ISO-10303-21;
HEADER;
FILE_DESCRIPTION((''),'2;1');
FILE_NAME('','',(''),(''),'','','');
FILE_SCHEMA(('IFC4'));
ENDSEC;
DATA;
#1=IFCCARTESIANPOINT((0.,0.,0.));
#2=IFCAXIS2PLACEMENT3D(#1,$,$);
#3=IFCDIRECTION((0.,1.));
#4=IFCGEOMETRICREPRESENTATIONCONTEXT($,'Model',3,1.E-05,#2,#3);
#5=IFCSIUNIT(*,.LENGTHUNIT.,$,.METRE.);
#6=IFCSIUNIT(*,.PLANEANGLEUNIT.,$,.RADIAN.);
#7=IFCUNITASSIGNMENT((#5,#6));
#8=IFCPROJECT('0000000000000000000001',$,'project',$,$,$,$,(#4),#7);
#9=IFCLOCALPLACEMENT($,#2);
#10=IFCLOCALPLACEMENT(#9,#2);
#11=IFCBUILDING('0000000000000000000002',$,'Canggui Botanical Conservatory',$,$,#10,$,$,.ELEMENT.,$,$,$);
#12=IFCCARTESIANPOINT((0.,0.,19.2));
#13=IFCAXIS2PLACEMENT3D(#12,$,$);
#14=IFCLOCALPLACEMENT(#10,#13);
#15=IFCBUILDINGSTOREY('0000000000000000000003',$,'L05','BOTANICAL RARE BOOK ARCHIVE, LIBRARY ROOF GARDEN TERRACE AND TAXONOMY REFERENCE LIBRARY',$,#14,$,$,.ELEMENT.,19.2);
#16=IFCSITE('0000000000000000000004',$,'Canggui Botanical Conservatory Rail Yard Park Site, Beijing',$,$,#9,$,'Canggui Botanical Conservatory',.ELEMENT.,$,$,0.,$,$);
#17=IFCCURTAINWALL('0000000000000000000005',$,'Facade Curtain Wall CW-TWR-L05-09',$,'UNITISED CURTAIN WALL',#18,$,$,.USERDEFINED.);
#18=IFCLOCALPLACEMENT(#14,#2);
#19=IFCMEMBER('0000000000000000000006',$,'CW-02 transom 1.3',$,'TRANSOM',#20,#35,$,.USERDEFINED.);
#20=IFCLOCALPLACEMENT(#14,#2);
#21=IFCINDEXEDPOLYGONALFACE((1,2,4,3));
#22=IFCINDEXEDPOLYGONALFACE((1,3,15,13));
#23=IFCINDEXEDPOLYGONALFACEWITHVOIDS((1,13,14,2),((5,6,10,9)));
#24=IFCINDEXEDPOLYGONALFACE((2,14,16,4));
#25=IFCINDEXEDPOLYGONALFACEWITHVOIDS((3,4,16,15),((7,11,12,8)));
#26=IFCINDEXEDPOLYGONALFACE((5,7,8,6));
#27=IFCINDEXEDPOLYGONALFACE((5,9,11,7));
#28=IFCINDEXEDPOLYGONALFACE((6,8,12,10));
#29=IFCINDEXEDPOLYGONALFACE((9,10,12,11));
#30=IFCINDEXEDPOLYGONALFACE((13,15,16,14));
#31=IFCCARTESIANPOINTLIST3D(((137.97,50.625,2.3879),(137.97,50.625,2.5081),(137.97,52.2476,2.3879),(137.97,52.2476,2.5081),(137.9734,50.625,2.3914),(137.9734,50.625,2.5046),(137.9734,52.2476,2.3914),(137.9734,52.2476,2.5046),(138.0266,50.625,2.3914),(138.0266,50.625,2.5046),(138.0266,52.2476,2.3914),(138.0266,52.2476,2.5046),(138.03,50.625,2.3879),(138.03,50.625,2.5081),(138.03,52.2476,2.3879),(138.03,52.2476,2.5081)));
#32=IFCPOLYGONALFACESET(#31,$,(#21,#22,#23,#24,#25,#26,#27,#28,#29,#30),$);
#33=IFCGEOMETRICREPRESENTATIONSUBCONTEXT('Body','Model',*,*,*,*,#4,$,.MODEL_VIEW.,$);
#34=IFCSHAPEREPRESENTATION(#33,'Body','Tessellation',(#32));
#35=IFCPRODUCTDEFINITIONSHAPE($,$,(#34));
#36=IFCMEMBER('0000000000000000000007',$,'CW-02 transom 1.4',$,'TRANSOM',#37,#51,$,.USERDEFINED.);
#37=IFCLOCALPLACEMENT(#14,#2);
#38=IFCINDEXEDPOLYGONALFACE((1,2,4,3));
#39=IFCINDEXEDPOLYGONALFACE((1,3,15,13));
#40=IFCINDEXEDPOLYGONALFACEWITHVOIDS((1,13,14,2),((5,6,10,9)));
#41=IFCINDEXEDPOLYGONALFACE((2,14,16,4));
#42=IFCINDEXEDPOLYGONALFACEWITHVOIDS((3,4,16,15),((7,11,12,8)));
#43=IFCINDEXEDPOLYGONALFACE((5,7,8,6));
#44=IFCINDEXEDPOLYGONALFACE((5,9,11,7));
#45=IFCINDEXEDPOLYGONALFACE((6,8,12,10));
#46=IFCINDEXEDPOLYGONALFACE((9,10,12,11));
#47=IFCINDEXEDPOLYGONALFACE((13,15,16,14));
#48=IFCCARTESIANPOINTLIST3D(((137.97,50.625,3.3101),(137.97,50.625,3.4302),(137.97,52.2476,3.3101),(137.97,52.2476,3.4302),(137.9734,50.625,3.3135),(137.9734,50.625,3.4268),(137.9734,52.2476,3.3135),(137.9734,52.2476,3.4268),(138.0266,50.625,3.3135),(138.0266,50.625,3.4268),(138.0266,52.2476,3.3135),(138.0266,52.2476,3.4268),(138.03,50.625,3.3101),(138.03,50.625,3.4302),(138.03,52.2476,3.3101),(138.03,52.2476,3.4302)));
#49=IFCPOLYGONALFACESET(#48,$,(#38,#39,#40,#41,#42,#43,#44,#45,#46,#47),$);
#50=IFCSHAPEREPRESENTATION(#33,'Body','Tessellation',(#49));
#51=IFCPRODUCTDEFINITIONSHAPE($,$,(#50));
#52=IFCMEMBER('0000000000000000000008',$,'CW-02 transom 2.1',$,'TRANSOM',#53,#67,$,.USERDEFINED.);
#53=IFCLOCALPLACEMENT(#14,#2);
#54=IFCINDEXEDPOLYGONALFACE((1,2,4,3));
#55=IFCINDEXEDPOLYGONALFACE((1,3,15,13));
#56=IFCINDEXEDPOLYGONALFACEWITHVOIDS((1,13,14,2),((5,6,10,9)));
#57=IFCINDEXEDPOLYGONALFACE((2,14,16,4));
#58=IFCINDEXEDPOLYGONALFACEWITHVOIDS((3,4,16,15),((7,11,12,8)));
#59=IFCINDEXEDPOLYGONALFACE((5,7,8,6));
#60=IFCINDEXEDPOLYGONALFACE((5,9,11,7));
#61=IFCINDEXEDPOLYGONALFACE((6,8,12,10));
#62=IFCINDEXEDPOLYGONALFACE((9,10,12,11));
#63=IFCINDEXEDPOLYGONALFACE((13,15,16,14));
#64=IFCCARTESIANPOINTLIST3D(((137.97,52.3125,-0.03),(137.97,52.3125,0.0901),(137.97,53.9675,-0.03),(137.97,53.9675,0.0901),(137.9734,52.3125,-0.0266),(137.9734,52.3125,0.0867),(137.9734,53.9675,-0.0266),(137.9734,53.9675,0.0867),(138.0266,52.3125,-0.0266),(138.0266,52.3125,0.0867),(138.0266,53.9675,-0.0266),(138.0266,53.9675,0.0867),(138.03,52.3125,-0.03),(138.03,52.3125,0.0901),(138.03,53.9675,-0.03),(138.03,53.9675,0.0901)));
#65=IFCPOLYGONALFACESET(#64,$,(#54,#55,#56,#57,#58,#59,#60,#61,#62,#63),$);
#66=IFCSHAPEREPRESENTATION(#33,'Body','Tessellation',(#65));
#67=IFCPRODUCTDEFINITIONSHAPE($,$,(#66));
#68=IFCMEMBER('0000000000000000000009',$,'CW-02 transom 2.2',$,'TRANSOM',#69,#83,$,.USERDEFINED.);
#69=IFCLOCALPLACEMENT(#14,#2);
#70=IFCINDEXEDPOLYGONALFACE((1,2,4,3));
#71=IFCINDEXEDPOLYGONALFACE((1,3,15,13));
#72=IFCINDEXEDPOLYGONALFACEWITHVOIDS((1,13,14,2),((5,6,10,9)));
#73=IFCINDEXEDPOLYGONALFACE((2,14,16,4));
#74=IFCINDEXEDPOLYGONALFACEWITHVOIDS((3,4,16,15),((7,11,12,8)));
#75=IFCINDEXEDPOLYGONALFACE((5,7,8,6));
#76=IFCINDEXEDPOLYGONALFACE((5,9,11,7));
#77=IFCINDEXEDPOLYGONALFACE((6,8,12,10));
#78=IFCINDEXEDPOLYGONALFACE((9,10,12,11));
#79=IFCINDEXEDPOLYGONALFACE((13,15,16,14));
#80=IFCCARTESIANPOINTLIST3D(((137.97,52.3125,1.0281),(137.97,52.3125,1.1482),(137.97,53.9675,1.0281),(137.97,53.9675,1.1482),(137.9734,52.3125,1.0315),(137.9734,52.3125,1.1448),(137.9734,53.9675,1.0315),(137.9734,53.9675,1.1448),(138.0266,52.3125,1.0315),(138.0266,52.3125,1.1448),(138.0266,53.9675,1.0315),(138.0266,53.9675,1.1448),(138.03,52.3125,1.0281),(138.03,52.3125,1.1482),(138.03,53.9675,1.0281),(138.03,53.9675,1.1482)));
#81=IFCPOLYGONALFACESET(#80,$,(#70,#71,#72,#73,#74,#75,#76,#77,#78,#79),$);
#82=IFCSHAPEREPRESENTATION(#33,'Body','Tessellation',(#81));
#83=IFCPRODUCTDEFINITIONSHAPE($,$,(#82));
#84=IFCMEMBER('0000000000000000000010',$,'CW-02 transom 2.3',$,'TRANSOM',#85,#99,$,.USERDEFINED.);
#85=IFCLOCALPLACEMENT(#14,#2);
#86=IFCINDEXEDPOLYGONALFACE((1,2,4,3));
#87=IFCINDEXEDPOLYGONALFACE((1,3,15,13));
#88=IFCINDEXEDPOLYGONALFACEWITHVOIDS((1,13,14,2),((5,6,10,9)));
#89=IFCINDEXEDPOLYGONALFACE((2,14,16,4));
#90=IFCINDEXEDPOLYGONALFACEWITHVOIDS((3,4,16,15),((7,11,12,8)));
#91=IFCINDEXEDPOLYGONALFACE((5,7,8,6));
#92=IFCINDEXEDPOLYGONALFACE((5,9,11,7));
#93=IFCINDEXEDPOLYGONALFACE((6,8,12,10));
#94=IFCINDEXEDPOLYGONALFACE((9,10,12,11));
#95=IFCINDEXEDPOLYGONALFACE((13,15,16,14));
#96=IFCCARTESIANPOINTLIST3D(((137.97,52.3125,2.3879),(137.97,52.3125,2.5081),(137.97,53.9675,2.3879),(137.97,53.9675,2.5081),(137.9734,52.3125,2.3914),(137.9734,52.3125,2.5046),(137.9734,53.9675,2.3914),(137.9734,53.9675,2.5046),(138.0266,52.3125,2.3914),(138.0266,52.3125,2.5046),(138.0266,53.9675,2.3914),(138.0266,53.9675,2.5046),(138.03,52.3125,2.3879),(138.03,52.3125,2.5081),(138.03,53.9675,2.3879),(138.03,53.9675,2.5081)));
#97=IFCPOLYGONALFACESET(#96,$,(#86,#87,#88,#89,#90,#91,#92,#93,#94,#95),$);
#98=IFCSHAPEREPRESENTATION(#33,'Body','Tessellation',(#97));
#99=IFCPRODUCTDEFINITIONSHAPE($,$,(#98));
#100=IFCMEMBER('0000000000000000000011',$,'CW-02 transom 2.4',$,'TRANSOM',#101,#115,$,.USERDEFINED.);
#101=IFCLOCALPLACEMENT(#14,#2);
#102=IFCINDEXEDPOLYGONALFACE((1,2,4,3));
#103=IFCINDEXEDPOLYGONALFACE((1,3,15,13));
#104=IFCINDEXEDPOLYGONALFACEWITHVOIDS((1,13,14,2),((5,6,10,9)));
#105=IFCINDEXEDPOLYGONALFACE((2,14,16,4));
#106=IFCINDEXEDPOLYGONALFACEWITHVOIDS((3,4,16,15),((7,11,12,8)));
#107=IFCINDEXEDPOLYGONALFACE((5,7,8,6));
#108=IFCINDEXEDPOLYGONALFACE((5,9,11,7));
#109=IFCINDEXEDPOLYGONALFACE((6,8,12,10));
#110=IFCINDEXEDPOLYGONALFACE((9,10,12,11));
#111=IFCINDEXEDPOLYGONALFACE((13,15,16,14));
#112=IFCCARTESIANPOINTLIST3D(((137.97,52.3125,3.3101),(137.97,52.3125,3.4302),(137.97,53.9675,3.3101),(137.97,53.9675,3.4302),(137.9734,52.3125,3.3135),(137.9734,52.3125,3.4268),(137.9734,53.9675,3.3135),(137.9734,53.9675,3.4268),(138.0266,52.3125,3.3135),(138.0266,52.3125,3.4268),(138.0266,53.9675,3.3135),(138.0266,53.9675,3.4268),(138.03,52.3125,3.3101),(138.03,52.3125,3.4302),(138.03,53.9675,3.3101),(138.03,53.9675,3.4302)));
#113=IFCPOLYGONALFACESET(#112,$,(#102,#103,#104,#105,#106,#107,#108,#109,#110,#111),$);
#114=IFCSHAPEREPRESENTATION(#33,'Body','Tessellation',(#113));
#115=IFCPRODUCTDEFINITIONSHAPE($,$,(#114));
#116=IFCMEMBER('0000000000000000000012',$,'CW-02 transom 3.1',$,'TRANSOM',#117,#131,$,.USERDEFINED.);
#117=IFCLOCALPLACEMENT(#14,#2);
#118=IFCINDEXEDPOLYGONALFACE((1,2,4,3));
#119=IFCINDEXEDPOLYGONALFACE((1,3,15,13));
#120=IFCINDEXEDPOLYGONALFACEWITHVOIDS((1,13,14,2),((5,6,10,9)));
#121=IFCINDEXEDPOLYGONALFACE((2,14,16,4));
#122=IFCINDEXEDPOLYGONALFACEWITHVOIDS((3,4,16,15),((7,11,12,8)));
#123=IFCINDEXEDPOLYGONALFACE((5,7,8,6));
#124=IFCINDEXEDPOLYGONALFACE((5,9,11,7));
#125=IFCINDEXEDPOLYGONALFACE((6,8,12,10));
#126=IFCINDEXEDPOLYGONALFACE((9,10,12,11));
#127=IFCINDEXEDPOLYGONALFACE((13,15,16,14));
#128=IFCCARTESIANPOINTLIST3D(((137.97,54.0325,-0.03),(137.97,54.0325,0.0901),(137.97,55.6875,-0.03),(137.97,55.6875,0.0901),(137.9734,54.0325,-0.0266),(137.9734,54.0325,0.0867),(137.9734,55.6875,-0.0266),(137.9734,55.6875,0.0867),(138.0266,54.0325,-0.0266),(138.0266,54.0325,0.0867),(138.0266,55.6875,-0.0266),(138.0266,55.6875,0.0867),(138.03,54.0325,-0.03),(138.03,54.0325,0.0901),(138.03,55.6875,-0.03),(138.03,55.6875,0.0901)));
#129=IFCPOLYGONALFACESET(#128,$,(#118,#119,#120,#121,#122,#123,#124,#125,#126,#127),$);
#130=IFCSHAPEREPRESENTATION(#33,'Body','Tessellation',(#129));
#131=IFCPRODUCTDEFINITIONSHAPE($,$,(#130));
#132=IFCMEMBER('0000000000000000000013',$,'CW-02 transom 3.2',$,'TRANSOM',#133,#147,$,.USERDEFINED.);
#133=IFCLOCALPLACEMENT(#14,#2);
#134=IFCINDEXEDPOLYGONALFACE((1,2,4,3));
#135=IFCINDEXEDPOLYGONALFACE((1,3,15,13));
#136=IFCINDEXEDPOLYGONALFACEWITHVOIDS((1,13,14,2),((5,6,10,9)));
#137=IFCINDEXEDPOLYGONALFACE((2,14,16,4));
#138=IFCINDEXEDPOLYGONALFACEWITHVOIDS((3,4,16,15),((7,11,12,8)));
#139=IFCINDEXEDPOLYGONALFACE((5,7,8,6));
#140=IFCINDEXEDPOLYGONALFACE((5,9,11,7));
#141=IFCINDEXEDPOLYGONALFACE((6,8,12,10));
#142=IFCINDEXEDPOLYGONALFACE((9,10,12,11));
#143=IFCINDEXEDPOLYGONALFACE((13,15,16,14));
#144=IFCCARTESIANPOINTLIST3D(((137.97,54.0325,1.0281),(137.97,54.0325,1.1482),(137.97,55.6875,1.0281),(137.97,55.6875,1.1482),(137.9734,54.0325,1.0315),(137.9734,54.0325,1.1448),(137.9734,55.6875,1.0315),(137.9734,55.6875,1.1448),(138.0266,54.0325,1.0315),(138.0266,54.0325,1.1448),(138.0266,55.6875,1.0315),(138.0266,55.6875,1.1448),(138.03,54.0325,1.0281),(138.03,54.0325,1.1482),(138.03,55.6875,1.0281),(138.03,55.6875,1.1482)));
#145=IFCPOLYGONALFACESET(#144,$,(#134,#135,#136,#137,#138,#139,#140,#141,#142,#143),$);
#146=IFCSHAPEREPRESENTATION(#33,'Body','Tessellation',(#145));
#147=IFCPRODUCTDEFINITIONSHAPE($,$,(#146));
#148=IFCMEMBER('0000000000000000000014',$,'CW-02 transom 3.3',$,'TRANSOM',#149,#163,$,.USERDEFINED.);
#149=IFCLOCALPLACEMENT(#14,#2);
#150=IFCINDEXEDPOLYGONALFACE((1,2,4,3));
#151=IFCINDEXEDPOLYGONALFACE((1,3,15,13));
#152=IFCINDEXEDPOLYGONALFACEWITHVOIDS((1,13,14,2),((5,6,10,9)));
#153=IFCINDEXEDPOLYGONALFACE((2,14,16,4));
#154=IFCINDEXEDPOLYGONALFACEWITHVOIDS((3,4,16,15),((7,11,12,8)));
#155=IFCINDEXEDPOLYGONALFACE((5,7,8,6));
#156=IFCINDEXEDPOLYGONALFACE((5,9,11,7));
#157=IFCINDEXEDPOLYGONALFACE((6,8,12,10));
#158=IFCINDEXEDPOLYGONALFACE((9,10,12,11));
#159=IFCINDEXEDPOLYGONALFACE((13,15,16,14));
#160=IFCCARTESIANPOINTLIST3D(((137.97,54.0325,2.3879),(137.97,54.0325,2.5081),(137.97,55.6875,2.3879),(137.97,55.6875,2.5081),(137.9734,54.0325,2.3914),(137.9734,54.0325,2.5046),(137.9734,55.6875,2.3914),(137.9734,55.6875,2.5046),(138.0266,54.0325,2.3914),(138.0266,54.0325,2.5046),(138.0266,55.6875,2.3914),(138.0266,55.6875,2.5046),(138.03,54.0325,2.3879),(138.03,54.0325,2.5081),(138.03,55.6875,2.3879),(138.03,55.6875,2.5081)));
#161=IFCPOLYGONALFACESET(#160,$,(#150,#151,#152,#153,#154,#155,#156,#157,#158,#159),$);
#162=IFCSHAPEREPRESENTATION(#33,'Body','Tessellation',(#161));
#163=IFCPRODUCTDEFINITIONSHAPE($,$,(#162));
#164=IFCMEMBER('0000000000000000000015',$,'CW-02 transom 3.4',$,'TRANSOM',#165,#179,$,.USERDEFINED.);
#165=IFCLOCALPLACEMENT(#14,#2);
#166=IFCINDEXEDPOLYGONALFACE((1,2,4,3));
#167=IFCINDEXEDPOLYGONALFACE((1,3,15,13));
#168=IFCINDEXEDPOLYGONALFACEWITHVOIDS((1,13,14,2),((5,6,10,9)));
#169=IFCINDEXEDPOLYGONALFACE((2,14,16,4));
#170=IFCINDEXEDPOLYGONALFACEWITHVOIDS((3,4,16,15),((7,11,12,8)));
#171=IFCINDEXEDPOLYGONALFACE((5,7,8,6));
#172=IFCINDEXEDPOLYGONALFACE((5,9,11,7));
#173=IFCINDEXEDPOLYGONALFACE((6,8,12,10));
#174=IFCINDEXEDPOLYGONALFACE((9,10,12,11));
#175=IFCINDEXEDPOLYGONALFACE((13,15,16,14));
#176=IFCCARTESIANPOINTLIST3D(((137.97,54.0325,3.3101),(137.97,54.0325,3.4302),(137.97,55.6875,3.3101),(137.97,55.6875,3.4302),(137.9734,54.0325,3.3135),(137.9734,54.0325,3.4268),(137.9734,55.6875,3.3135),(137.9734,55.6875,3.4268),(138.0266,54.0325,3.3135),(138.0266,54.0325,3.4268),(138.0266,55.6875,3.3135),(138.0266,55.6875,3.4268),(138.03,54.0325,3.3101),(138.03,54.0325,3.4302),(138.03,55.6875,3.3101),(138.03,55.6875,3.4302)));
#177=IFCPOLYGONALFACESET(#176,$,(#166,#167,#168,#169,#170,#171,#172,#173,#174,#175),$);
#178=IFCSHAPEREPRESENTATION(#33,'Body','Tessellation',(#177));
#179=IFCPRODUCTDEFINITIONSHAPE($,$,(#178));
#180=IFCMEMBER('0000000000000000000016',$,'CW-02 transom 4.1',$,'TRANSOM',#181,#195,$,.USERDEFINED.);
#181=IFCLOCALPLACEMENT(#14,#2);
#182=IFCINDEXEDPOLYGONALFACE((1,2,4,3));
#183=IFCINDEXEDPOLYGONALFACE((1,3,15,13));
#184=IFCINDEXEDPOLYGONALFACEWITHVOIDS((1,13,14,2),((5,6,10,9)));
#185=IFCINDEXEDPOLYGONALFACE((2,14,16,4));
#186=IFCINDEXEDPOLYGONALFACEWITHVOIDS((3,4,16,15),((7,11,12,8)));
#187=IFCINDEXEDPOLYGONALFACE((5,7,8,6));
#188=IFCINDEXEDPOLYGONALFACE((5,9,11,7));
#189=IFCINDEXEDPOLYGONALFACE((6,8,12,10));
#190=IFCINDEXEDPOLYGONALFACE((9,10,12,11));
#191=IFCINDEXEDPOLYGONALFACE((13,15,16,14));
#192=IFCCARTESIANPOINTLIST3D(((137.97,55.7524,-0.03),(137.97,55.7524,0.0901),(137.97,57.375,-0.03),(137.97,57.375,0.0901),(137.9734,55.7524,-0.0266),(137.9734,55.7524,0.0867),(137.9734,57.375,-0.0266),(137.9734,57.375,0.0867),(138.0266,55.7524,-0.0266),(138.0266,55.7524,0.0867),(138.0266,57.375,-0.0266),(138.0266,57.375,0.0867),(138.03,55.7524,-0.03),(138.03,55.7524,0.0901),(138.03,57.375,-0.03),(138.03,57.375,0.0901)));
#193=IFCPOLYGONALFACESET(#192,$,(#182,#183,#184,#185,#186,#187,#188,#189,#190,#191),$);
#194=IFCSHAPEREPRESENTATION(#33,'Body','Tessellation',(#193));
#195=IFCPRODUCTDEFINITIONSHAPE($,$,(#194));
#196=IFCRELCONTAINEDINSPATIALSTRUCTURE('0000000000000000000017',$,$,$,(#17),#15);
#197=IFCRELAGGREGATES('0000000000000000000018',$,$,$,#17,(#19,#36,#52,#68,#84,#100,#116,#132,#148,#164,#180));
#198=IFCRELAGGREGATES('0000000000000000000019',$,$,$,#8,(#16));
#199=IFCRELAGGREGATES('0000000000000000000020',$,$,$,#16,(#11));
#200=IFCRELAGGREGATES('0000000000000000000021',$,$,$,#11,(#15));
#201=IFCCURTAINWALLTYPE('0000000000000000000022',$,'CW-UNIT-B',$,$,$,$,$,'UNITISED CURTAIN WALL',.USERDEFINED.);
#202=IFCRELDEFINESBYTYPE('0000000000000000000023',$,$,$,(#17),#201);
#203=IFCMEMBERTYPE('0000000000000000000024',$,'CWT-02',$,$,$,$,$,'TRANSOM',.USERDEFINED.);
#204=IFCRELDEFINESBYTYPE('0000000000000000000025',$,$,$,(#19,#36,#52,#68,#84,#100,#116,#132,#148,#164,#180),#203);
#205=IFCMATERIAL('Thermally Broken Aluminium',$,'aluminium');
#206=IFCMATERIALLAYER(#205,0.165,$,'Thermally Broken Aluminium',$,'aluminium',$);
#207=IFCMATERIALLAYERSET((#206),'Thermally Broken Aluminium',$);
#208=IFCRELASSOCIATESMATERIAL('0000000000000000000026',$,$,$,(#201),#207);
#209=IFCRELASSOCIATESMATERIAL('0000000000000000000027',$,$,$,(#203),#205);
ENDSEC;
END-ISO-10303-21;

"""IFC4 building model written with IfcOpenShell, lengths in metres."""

from ifc_helpers import new_model, si_unit, direction, frame, origin, origin_2d, place, context, subcontext, project, spatial, hollow_rectangle, extrude, material, layer, layer_set, material_profile, profile_set, type_object, element, aggregate, save


model = new_model("IFC4")

# Units and contexts
model_context = context("Model", 3, precision=1e-05, world=origin(), true_north=direction((0.0, 1.0)))
body_context = subcontext(model_context, "Body", "Model", "MODEL_VIEW")
ifc_project = project(units=[si_unit("LENGTHUNIT", "METRE"), si_unit("PLANEANGLEUNIT", "RADIAN")], contexts=[model_context])

# Site, building, storey
site_placement = place(None, origin())
site = spatial("IfcSite", under=ifc_project, at=site_placement, Name="Canggui Botanical Conservatory Rail Yard Park Site, Beijing", LongName="Canggui Botanical Conservatory", CompositionType="ELEMENT", RefElevation=0.0)
building_placement = place(site_placement, origin())
building = spatial("IfcBuilding", under=site, at=building_placement, Name="Canggui Botanical Conservatory", CompositionType="ELEMENT")
storey_placement = place(building_placement, frame((0.0, 0.0, 19.2)))
storey = spatial("IfcBuildingStorey", under=building, at=storey_placement, Name="L05", Description="BOTANICAL RARE BOOK ARCHIVE, LIBRARY ROOF GARDEN TERRACE AND TAXONOMY REFERENCE LIBRARY", CompositionType="ELEMENT", Elevation=19.2)

# Curtain wall
ifc_material_1 = material(Name="Thermally Broken Aluminium", Category="aluminium")
ifc_layer_1 = layer(ifc_material_1, 0.165, Name="Thermally Broken Aluminium", Category="aluminium")
ifc_layer_set_1 = layer_set([ifc_layer_1], Name="Thermally Broken Aluminium")
curtain_wall_type = type_object("IfcCurtainWallType", Name="CW-UNIT-B", ElementType="UNITISED CURTAIN WALL", PredefinedType="USERDEFINED", material=ifc_layer_set_1)
curtain_wall_1_placement = place(storey_placement, origin())
curtain_wall_1 = element("IfcCurtainWall", 1, at=curtain_wall_1_placement, inside=storey, type_object=curtain_wall_type, Name="Facade Curtain Wall CW-TWR-L05-09", ObjectType="UNITISED CURTAIN WALL", PredefinedType="USERDEFINED")
ifc_material_profile_1 = material_profile(ifc_material_1, hollow_rectangle(XDim=0.0601, YDim=0.1201, WallThickness=0.0034, at=origin_2d()), Name="CWT 60x120x3.5")
ifc_profile_set_1 = profile_set([ifc_material_profile_1], Name="Thermally Broken Aluminium")
member_type_1 = type_object("IfcMemberType", Name="CWT-02", ElementType="TRANSOM", PredefinedType="USERDEFINED", material=ifc_profile_set_1)

# Members
member_1_placement = place(storey_placement, frame((138.0, 50.625, 2.448), z_axis=(0.0, 1.0, 0.0), x_axis=(-1.0, 0.0, 0.0)))
member_1 = element("IfcMember", 2, at=member_1_placement, type_object=member_type_1, Name="CW-02 transom 1.3", ObjectType="TRANSOM", PredefinedType="USERDEFINED", context=body_context, shape_type="SweptSolid", body=[
    extrude(hollow_rectangle(XDim=0.0601, YDim=0.1201, WallThickness=0.0034, at=origin_2d()), origin(), (0.0, 0.0, 1.0), 1.6226),
])
member_2_placement = place(storey_placement, frame((138.0, 50.625, 3.3701), z_axis=(0.0, 1.0, 0.0), x_axis=(-1.0, 0.0, 0.0)))
member_2 = element("IfcMember", 3, at=member_2_placement, type_object=member_type_1, Name="CW-02 transom 1.4", ObjectType="TRANSOM", PredefinedType="USERDEFINED", context=body_context, shape_type="SweptSolid", body=[
    extrude(hollow_rectangle(XDim=0.0601, YDim=0.1201, WallThickness=0.0034, at=origin_2d()), origin(), (0.0, 0.0, 1.0), 1.6226),
])
member_3_placement = place(storey_placement, frame((138.0, 52.3125, 0.03), z_axis=(0.0, 1.0, 0.0), x_axis=(-1.0, 0.0, 0.0)))
member_3 = element("IfcMember", 4, at=member_3_placement, type_object=member_type_1, Name="CW-02 transom 2.1", ObjectType="TRANSOM", PredefinedType="USERDEFINED", context=body_context, shape_type="SweptSolid", body=[
    extrude(hollow_rectangle(XDim=0.0601, YDim=0.1201, WallThickness=0.0034, at=origin_2d()), origin(), (0.0, 0.0, 1.0), 1.655),
])
member_4_placement = place(storey_placement, frame((138.0, 52.3125, 1.0881), z_axis=(0.0, 1.0, 0.0), x_axis=(-1.0, 0.0, 0.0)))
member_4 = element("IfcMember", 5, at=member_4_placement, type_object=member_type_1, Name="CW-02 transom 2.2", ObjectType="TRANSOM", PredefinedType="USERDEFINED", context=body_context, shape_type="SweptSolid", body=[
    extrude(hollow_rectangle(XDim=0.0601, YDim=0.1201, WallThickness=0.0034, at=origin_2d()), origin(), (0.0, 0.0, 1.0), 1.655),
])
member_5_placement = place(storey_placement, frame((138.0, 52.3125, 2.448), z_axis=(0.0, 1.0, 0.0), x_axis=(-1.0, 0.0, 0.0)))
member_5 = element("IfcMember", 6, at=member_5_placement, type_object=member_type_1, Name="CW-02 transom 2.3", ObjectType="TRANSOM", PredefinedType="USERDEFINED", context=body_context, shape_type="SweptSolid", body=[
    extrude(hollow_rectangle(XDim=0.0601, YDim=0.1201, WallThickness=0.0034, at=origin_2d()), origin(), (0.0, 0.0, 1.0), 1.655),
])
member_6_placement = place(storey_placement, frame((138.0, 52.3125, 3.3701), z_axis=(0.0, 1.0, 0.0), x_axis=(-1.0, 0.0, 0.0)))
member_6 = element("IfcMember", 7, at=member_6_placement, type_object=member_type_1, Name="CW-02 transom 2.4", ObjectType="TRANSOM", PredefinedType="USERDEFINED", context=body_context, shape_type="SweptSolid", body=[
    extrude(hollow_rectangle(XDim=0.0601, YDim=0.1201, WallThickness=0.0034, at=origin_2d()), origin(), (0.0, 0.0, 1.0), 1.655),
])
member_7_placement = place(storey_placement, frame((138.0, 54.0325, 0.03), z_axis=(0.0, 1.0, 0.0), x_axis=(-1.0, 0.0, 0.0)))
member_7 = element("IfcMember", 8, at=member_7_placement, type_object=member_type_1, Name="CW-02 transom 3.1", ObjectType="TRANSOM", PredefinedType="USERDEFINED", context=body_context, shape_type="SweptSolid", body=[
    extrude(hollow_rectangle(XDim=0.0601, YDim=0.1201, WallThickness=0.0034, at=origin_2d()), origin(), (0.0, 0.0, 1.0), 1.655),
])
member_8_placement = place(storey_placement, frame((138.0, 54.0325, 1.0881), z_axis=(0.0, 1.0, 0.0), x_axis=(-1.0, 0.0, 0.0)))
member_8 = element("IfcMember", 9, at=member_8_placement, type_object=member_type_1, Name="CW-02 transom 3.2", ObjectType="TRANSOM", PredefinedType="USERDEFINED", context=body_context, shape_type="SweptSolid", body=[
    extrude(hollow_rectangle(XDim=0.0601, YDim=0.1201, WallThickness=0.0034, at=origin_2d()), origin(), (0.0, 0.0, 1.0), 1.655),
])
member_9_placement = place(storey_placement, frame((138.0, 54.0325, 2.448), z_axis=(0.0, 1.0, 0.0), x_axis=(-1.0, 0.0, 0.0)))
member_9 = element("IfcMember", 10, at=member_9_placement, type_object=member_type_1, Name="CW-02 transom 3.3", ObjectType="TRANSOM", PredefinedType="USERDEFINED", context=body_context, shape_type="SweptSolid", body=[
    extrude(hollow_rectangle(XDim=0.0601, YDim=0.1201, WallThickness=0.0034, at=origin_2d()), origin(), (0.0, 0.0, 1.0), 1.655),
])
member_10_placement = place(storey_placement, frame((138.0, 54.0325, 3.3701), z_axis=(0.0, 1.0, 0.0), x_axis=(-1.0, 0.0, 0.0)))
member_10 = element("IfcMember", 11, at=member_10_placement, type_object=member_type_1, Name="CW-02 transom 3.4", ObjectType="TRANSOM", PredefinedType="USERDEFINED", context=body_context, shape_type="SweptSolid", body=[
    extrude(hollow_rectangle(XDim=0.0601, YDim=0.1201, WallThickness=0.0034, at=origin_2d()), origin(), (0.0, 0.0, 1.0), 1.655),
])
member_11_placement = place(storey_placement, frame((138.0, 55.7524, 0.03), z_axis=(0.0, 1.0, 0.0), x_axis=(-1.0, 0.0, 0.0)))
member_11 = element("IfcMember", 12, at=member_11_placement, type_object=member_type_1, Name="CW-02 transom 4.1", ObjectType="TRANSOM", PredefinedType="USERDEFINED", context=body_context, shape_type="SweptSolid", body=[
    extrude(hollow_rectangle(XDim=0.0601, YDim=0.1201, WallThickness=0.0034, at=origin_2d()), origin(), (0.0, 0.0, 1.0), 1.6226),
])

aggregate(curtain_wall_1, [member_1, member_2, member_3, member_4, member_5, member_6, member_7, member_8, member_9, member_10, member_11])

save(model, "model.ifc")
